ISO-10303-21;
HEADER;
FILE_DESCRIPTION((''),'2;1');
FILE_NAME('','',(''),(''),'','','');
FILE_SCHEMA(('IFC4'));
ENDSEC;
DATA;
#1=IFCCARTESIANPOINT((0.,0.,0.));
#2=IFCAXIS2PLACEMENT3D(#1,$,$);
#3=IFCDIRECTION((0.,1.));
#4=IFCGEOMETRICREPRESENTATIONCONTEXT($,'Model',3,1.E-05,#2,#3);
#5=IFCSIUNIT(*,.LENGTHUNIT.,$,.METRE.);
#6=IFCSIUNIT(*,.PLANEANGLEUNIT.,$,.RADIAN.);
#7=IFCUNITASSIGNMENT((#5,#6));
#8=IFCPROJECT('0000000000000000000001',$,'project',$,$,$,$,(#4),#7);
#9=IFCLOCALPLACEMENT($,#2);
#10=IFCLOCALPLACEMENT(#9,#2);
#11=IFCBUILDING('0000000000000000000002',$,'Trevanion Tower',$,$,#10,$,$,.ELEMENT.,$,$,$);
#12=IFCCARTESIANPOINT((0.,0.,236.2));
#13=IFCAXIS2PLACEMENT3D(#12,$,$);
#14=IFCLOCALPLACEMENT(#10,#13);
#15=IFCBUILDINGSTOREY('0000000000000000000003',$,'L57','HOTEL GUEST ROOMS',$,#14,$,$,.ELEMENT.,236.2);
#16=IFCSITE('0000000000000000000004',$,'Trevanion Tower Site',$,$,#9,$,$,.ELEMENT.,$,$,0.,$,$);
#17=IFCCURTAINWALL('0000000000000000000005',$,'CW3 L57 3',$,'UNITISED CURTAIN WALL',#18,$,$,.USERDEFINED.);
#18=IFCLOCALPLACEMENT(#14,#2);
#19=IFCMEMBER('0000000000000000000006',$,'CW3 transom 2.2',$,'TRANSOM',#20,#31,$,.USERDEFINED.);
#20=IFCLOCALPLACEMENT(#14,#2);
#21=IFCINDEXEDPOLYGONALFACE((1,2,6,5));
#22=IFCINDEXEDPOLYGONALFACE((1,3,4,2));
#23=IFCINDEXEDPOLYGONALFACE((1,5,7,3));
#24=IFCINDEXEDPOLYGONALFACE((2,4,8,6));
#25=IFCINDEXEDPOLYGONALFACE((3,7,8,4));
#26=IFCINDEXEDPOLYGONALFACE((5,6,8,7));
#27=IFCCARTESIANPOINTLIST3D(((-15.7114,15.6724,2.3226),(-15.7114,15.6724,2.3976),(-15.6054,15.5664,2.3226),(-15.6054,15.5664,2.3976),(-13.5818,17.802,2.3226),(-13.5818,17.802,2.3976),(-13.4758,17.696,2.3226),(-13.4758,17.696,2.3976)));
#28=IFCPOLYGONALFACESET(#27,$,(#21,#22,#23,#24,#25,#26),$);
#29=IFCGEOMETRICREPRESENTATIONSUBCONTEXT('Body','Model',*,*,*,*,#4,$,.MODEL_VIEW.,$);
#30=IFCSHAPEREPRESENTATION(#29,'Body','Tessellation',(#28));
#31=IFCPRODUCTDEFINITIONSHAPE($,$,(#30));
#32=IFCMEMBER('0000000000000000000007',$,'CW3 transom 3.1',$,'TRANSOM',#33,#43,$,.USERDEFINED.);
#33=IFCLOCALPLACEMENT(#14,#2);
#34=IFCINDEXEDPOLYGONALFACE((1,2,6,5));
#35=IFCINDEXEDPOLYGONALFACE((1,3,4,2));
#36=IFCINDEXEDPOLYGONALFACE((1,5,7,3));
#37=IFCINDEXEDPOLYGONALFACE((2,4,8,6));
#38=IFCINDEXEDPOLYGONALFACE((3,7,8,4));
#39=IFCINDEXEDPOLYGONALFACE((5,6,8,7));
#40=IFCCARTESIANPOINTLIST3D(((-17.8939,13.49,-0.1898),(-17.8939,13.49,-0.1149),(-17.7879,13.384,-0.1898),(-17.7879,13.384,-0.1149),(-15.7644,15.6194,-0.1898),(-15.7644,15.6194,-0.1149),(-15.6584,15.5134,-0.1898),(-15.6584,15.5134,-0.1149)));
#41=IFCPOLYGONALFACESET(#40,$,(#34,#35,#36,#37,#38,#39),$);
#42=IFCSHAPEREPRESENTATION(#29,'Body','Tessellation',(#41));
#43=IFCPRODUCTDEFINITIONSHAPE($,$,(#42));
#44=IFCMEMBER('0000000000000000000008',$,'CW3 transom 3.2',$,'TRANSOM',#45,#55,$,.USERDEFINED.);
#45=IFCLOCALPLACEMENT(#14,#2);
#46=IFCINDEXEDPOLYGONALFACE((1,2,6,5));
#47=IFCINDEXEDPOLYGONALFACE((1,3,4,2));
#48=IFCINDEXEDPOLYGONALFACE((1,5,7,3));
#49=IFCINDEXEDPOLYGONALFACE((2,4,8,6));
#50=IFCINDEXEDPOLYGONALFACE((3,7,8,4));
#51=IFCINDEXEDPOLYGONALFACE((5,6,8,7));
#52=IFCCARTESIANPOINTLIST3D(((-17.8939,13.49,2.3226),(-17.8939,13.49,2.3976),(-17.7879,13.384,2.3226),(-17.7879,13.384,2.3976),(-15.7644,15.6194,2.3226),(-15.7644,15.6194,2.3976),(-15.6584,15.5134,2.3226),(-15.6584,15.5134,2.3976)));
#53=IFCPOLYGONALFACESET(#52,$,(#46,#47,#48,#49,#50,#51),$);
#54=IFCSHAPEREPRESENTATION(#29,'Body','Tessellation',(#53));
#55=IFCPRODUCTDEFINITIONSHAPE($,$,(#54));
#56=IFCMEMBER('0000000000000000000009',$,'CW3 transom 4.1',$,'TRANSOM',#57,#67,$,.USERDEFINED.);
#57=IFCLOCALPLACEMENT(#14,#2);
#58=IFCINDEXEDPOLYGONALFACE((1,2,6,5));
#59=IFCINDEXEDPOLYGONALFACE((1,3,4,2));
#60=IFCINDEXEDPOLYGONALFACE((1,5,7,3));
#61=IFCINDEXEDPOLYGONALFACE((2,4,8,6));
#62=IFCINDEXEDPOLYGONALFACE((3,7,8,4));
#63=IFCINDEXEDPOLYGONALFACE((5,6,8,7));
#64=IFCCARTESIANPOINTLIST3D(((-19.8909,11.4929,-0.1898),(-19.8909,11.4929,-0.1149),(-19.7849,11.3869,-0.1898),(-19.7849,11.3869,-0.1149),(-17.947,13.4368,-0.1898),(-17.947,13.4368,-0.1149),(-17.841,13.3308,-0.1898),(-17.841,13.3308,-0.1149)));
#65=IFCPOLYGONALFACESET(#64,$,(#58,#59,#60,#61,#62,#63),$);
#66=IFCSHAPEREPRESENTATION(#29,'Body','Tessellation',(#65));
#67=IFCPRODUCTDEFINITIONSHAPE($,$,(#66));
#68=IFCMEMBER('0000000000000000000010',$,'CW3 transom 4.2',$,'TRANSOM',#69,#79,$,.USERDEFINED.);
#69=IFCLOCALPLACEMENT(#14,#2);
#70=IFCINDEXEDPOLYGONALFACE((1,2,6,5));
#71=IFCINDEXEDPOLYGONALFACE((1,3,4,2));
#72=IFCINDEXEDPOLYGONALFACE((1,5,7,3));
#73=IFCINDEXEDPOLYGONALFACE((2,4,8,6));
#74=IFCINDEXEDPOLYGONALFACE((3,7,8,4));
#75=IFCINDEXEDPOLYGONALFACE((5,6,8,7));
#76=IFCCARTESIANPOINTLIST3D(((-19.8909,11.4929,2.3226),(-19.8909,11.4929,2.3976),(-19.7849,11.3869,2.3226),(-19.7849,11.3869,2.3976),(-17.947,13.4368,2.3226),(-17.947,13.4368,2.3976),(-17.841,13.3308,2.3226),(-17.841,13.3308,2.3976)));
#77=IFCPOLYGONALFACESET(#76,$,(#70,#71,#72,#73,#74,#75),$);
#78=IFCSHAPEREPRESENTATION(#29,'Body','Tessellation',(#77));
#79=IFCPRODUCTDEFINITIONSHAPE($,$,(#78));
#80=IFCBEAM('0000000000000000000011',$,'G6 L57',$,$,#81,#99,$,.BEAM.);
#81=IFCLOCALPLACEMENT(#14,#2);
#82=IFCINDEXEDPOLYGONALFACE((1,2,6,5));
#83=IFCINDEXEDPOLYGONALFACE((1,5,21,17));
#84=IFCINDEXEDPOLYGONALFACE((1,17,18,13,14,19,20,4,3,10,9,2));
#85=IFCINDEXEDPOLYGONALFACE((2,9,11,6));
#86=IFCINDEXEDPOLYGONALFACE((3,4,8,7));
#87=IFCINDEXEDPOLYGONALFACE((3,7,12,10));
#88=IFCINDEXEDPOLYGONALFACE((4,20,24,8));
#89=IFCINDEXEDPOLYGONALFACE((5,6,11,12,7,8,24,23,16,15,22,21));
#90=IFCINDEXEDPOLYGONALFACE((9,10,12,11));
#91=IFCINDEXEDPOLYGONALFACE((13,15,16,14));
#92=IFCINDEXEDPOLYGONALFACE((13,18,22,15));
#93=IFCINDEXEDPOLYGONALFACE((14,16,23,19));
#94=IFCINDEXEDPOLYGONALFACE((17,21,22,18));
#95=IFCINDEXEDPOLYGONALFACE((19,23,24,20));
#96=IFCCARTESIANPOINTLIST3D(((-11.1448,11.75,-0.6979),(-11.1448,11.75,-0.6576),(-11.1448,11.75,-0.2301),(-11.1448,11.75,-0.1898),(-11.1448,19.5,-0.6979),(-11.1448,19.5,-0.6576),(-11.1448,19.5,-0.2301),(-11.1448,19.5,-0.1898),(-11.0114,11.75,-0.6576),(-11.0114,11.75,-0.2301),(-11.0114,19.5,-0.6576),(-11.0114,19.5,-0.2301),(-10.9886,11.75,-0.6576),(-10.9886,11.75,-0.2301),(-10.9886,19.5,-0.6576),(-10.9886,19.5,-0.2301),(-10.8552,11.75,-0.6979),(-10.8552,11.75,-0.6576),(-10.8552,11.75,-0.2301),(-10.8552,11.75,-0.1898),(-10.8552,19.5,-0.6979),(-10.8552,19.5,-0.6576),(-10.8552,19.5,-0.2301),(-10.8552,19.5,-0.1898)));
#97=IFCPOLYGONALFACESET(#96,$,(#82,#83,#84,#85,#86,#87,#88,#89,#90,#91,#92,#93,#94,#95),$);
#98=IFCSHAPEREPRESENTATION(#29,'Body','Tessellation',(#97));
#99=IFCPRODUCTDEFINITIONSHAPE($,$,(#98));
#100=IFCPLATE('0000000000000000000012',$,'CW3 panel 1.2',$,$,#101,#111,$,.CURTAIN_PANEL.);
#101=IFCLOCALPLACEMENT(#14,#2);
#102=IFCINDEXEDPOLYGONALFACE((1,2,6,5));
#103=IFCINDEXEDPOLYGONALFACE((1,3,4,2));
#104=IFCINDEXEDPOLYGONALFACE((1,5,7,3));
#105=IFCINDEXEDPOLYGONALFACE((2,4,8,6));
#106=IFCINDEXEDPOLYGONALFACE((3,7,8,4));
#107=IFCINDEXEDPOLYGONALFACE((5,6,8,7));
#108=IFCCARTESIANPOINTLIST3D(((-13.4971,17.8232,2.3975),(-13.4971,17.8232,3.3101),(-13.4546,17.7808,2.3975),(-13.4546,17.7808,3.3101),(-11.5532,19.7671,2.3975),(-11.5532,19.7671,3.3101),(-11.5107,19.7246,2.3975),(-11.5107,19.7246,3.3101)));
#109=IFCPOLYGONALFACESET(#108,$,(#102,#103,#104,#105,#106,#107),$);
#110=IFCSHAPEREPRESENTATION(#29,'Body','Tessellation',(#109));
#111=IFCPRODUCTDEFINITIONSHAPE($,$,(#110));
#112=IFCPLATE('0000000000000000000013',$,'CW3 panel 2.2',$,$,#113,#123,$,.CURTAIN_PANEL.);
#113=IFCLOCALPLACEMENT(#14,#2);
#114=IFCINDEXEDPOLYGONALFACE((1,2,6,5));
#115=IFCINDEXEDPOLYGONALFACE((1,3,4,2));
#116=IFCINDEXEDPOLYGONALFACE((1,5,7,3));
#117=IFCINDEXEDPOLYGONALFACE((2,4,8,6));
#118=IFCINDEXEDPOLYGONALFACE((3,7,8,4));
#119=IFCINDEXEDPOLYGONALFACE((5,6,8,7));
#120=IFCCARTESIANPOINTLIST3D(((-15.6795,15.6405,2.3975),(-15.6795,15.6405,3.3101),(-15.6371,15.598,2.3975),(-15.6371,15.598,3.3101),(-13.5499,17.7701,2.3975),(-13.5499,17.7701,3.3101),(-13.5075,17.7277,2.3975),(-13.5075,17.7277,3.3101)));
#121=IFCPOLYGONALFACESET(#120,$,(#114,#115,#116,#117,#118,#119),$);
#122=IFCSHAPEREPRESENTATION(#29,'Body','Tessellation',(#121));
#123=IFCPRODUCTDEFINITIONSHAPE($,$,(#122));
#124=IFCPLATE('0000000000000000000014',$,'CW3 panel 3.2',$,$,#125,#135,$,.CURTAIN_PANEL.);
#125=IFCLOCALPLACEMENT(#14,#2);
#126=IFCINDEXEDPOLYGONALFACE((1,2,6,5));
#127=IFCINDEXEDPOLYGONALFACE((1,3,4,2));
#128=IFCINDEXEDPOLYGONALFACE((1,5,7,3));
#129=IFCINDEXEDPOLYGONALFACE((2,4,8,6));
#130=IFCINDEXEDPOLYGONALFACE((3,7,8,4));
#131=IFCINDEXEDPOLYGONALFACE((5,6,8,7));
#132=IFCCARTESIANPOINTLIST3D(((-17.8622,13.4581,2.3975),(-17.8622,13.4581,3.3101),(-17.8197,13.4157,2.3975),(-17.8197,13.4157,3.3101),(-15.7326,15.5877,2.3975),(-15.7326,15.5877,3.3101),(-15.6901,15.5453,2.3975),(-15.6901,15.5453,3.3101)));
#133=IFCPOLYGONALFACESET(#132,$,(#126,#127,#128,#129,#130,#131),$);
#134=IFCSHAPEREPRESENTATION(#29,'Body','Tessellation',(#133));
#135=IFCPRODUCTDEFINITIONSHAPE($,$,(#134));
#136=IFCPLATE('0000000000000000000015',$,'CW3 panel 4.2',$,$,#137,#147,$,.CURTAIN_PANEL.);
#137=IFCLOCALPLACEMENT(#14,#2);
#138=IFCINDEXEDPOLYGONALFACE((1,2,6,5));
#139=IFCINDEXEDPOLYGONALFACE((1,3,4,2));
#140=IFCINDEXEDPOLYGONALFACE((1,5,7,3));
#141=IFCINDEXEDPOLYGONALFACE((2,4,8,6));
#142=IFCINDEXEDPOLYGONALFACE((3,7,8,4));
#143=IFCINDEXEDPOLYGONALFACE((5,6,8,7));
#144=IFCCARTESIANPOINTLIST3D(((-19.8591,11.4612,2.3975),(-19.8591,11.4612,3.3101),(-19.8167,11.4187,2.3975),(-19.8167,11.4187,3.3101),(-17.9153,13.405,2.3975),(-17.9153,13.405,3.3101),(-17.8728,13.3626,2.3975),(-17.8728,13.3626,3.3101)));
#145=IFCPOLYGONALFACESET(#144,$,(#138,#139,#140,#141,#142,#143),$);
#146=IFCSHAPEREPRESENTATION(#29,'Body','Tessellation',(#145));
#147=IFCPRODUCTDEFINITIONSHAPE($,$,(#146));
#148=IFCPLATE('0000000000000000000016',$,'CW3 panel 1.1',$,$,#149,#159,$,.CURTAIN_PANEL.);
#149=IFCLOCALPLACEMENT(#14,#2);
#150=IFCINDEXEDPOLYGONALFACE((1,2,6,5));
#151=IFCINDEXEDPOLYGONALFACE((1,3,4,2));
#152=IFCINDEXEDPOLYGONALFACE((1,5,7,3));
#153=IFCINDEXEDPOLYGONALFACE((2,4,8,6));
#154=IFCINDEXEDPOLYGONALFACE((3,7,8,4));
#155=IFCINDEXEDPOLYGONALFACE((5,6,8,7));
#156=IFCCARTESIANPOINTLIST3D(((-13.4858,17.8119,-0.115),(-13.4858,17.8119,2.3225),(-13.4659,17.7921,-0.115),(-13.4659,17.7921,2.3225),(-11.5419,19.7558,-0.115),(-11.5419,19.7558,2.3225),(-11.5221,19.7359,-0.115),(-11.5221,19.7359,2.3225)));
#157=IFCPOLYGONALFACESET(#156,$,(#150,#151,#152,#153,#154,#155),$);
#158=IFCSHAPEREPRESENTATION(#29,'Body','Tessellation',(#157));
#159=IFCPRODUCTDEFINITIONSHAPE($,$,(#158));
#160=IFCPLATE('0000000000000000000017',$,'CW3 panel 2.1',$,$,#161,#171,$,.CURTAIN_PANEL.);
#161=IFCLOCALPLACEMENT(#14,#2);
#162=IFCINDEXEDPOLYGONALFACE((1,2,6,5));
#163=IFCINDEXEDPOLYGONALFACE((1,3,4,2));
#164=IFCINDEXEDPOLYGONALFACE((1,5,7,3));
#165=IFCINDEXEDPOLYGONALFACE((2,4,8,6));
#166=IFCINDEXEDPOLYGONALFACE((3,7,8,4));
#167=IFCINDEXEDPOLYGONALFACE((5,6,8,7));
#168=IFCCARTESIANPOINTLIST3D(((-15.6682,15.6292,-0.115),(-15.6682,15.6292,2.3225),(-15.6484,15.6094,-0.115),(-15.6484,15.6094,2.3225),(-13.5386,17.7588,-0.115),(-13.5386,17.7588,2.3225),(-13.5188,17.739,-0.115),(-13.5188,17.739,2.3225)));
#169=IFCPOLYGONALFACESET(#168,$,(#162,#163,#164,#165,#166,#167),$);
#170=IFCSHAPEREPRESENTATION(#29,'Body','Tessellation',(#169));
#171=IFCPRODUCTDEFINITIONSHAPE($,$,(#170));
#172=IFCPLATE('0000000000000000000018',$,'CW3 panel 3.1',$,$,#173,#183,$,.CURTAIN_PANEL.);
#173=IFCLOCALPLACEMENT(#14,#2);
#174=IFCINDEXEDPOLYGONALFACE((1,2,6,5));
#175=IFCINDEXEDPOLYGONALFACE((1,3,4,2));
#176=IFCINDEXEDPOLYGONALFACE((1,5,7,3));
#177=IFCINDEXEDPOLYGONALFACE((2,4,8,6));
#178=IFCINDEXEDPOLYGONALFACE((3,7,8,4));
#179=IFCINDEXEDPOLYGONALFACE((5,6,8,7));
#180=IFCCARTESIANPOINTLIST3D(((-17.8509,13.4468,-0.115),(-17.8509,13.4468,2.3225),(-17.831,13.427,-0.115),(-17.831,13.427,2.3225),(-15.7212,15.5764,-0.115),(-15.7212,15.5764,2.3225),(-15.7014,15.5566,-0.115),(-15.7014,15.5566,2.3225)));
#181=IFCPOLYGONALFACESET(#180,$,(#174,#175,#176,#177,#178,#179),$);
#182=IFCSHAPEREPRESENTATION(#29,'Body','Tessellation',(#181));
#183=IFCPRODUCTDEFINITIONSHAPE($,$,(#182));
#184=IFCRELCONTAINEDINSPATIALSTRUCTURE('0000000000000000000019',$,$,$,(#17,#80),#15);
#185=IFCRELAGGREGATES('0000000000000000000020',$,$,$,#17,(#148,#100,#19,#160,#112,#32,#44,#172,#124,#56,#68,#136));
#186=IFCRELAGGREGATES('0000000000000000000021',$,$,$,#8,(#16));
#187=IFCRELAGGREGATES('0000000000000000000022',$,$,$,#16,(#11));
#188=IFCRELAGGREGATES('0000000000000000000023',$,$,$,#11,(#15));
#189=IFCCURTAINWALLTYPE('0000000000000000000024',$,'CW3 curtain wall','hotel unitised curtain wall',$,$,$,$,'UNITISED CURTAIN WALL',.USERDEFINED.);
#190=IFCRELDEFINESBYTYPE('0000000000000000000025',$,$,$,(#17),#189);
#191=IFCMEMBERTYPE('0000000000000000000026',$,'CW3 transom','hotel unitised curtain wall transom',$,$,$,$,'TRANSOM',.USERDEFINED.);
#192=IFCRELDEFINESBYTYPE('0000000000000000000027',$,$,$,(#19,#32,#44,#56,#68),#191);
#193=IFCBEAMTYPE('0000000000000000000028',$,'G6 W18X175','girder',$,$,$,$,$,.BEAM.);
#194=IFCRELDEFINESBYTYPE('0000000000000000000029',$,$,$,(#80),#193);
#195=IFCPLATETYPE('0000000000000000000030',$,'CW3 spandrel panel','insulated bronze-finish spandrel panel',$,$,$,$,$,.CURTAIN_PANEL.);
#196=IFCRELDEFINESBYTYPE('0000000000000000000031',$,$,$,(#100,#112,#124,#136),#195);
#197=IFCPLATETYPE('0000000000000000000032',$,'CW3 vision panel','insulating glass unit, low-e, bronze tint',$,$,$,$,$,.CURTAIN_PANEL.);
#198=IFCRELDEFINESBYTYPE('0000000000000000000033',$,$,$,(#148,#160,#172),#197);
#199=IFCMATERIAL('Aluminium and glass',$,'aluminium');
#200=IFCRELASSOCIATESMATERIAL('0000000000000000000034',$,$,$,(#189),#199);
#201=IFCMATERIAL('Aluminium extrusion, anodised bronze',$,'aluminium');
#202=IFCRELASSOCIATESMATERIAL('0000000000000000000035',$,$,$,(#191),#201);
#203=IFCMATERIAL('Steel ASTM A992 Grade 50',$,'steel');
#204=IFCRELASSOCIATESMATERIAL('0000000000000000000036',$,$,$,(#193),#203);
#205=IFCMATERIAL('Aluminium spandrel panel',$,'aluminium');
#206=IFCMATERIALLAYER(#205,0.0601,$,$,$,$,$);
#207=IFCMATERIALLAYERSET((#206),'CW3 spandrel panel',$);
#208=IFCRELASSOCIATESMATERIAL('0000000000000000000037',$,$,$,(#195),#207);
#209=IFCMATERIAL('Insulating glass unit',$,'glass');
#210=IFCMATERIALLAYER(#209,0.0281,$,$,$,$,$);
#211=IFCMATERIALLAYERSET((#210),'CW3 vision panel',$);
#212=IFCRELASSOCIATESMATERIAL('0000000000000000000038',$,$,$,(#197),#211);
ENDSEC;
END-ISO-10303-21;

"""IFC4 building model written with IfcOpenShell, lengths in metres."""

from ifc_helpers import new_model, si_unit, direction, frame, origin, origin_2d, place, context, subcontext, project, spatial, rectangle, i_section, extrude, material, layer, layer_set, material_profile, profile_set, type_object, element, aggregate, save


model = new_model("IFC4")

# Units and contexts
model_context = context("Model", 3, precision=1e-05, world=origin(), true_north=direction((0.0, 1.0)))
body_context = subcontext(model_context, "Body", "Model", "MODEL_VIEW")
ifc_project = project(units=[si_unit("LENGTHUNIT", "METRE"), si_unit("PLANEANGLEUNIT", "RADIAN")], contexts=[model_context])

# Site, building, storey
site_placement = place(None, origin())
site = spatial("IfcSite", under=ifc_project, at=site_placement, Name="Trevanion Tower Site", CompositionType="ELEMENT", RefElevation=0.0)
building_placement = place(site_placement, origin())
building = spatial("IfcBuilding", under=site, at=building_placement, Name="Trevanion Tower", CompositionType="ELEMENT")
storey_placement = place(building_placement, frame((0.0, 0.0, 236.2)))
storey = spatial("IfcBuildingStorey", under=building, at=storey_placement, Name="L57", Description="HOTEL GUEST ROOMS", CompositionType="ELEMENT", Elevation=236.2)

# Curtain wall
ifc_material_1 = material(Name="Aluminium and glass", Category="aluminium")
curtain_wall_type = type_object("IfcCurtainWallType", Name="CW3 curtain wall", Description="hotel unitised curtain wall", ElementType="UNITISED CURTAIN WALL", PredefinedType="USERDEFINED", material=ifc_material_1)
curtain_wall_1_placement = place(storey_placement, origin())
curtain_wall_1 = element("IfcCurtainWall", 1, at=curtain_wall_1_placement, inside=storey, type_object=curtain_wall_type, Name="CW3 L57 3", ObjectType="UNITISED CURTAIN WALL", PredefinedType="USERDEFINED")

# Members
ifc_material_2 = material(Name="Aluminium extrusion, anodised bronze", Category="aluminium")
ifc_material_profile_1 = material_profile(ifc_material_2, rectangle(XDim=0.1499, YDim=0.075, at=origin_2d()), Name="CW3 transom")
ifc_profile_set_1 = profile_set([ifc_material_profile_1], Name="Aluminium extrusion, anodised bronze")
member_type_1 = type_object("IfcMemberType", Name="CW3 transom", Description="hotel unitised curtain wall transom", ElementType="TRANSOM", PredefinedType="USERDEFINED", material=ifc_profile_set_1)
member_1_placement = place(storey_placement, frame((-13.5288, 17.749, 2.3601), z_axis=(-0.707107, -0.707107, 0.0), x_axis=(0.707107, -0.707107, 0.0)))
member_1 = element("IfcMember", 2, at=member_1_placement, type_object=member_type_1, Name="CW3 transom 2.2", ObjectType="TRANSOM", PredefinedType="USERDEFINED", context=body_context, shape_type="SweptSolid", body=[
    extrude(rectangle(XDim=0.1499, YDim=0.075, at=origin_2d()), origin(), (0.0, 0.0, 1.0), 3.0117),
])
member_2_placement = place(storey_placement, frame((-15.7114, 15.5664, -0.1523), z_axis=(-0.707107, -0.707107, 0.0), x_axis=(0.707107, -0.707107, 0.0)))
member_2 = element("IfcMember", 3, at=member_2_placement, type_object=member_type_1, Name="CW3 transom 3.1", ObjectType="TRANSOM", PredefinedType="USERDEFINED", context=body_context, shape_type="SweptSolid", body=[
    extrude(rectangle(XDim=0.1499, YDim=0.075, at=origin_2d()), origin(), (0.0, 0.0, 1.0), 3.0115),
])
member_3_placement = place(storey_placement, frame((-15.7114, 15.5664, 2.3601), z_axis=(-0.707107, -0.707107, 0.0), x_axis=(0.707107, -0.707107, 0.0)))
member_3 = element("IfcMember", 4, at=member_3_placement, type_object=member_type_1, Name="CW3 transom 3.2", ObjectType="TRANSOM", PredefinedType="USERDEFINED", context=body_context, shape_type="SweptSolid", body=[
    extrude(rectangle(XDim=0.1499, YDim=0.075, at=origin_2d()), origin(), (0.0, 0.0, 1.0), 3.0115),
])
member_4_placement = place(storey_placement, frame((-17.894, 13.3838, -0.1523), z_axis=(-0.707107, -0.707107, 0.0), x_axis=(0.707107, -0.707107, 0.0)))
member_4 = element("IfcMember", 5, at=member_4_placement, type_object=member_type_1, Name="CW3 transom 4.1", ObjectType="TRANSOM", PredefinedType="USERDEFINED", context=body_context, shape_type="SweptSolid", body=[
    extrude(rectangle(XDim=0.1499, YDim=0.075, at=origin_2d()), origin(), (0.0, 0.0, 1.0), 2.749),
])
member_5_placement = place(storey_placement, frame((-17.894, 13.3838, 2.3601), z_axis=(-0.707107, -0.707107, 0.0), x_axis=(0.707107, -0.707107, 0.0)))
member_5 = element("IfcMember", 6, at=member_5_placement, type_object=member_type_1, Name="CW3 transom 4.2", ObjectType="TRANSOM", PredefinedType="USERDEFINED", context=body_context, shape_type="SweptSolid", body=[
    extrude(rectangle(XDim=0.1499, YDim=0.075, at=origin_2d()), origin(), (0.0, 0.0, 1.0), 2.749),
])

# Beam
ifc_material_3 = material(Name="Steel ASTM A992 Grade 50", Category="steel")
ifc_material_profile_2 = material_profile(ifc_material_3, i_section(OverallWidth=0.2896, OverallDepth=0.5081, WebThickness=0.0227, FlangeThickness=0.0403, at=origin_2d()), Name="W18X175")
ifc_profile_set_2 = profile_set([ifc_material_profile_2], Name="Steel ASTM A992 Grade 50")
beam_type_1 = type_object("IfcBeamType", Name="G6 W18X175", Description="girder", PredefinedType="BEAM", material=ifc_profile_set_2)
beam_1_placement = place(storey_placement, frame((-11.0, 11.75, -0.4438), z_axis=(0.0, 1.0, 0.0), x_axis=(-1.0, 0.0, 0.0)))
element("IfcBeam", 7, at=beam_1_placement, inside=storey, type_object=beam_type_1, Name="G6 L57", PredefinedType="BEAM", context=body_context, shape_type="SweptSolid", body=[
    extrude(i_section(OverallWidth=0.2896, OverallDepth=0.5081, WebThickness=0.0227, FlangeThickness=0.0403, at=origin_2d()), origin(), (0.0, 0.0, 1.0), 7.75),
])

# Plates
ifc_material_4 = material(Name="Aluminium spandrel panel", Category="aluminium")
ifc_layer_1 = layer(ifc_material_4, 0.0601)
ifc_layer_set_1 = layer_set([ifc_layer_1], Name="CW3 spandrel panel")
plate_type_1 = type_object("IfcPlateType", Name="CW3 spandrel panel", Description="insulated bronze-finish spandrel panel", PredefinedType="CURTAIN_PANEL", material=ifc_layer_set_1)
plate_1_placement = place(storey_placement, frame((-12.5039, 18.7739, 2.3975), z_axis=(0.0, 0.0, 1.0), x_axis=(-0.707107, -0.707107, 0.0)))
plate_1 = element("IfcPlate", 8, at=plate_1_placement, type_object=plate_type_1, Name="CW3 panel 1.2", PredefinedType="CURTAIN_PANEL", context=body_context, shape_type="SweptSolid", body=[
    extrude(rectangle(XDim=2.749, YDim=0.0601, at=origin_2d()), origin(), (0.0, 0.0, 1.0), 0.9126),
])
plate_2_placement = place(storey_placement, frame((-14.5935, 16.6841, 2.3975), z_axis=(0.0, 0.0, 1.0), x_axis=(-0.707107, -0.707107, 0.0)))
plate_2 = element("IfcPlate", 9, at=plate_2_placement, type_object=plate_type_1, Name="CW3 panel 2.2", PredefinedType="CURTAIN_PANEL", context=body_context, shape_type="SweptSolid", body=[
    extrude(rectangle(XDim=3.0117, YDim=0.0601, at=origin_2d()), origin(), (0.0, 0.0, 1.0), 0.9126),
])
plate_3_placement = place(storey_placement, frame((-16.7761, 14.5017, 2.3975), z_axis=(0.0, 0.0, 1.0), x_axis=(-0.707107, -0.707107, 0.0)))
plate_3 = element("IfcPlate", 10, at=plate_3_placement, type_object=plate_type_1, Name="CW3 panel 3.2", PredefinedType="CURTAIN_PANEL", context=body_context, shape_type="SweptSolid", body=[
    extrude(rectangle(XDim=3.0117, YDim=0.0601, at=origin_2d()), origin(), (0.0, 0.0, 1.0), 0.9126),
])
plate_4_placement = place(storey_placement, frame((-18.866, 12.4119, 2.3975), z_axis=(0.0, 0.0, 1.0), x_axis=(-0.707107, -0.707107, 0.0)))
plate_4 = element("IfcPlate", 11, at=plate_4_placement, type_object=plate_type_1, Name="CW3 panel 4.2", PredefinedType="CURTAIN_PANEL", context=body_context, shape_type="SweptSolid", body=[
    extrude(rectangle(XDim=2.749, YDim=0.0601, at=origin_2d()), origin(), (0.0, 0.0, 1.0), 0.9126),
])
ifc_material_5 = material(Name="Insulating glass unit", Category="glass")
ifc_layer_2 = layer(ifc_material_5, 0.0281)
ifc_layer_set_2 = layer_set([ifc_layer_2], Name="CW3 vision panel")
plate_type_2 = type_object("IfcPlateType", Name="CW3 vision panel", Description="insulating glass unit, low-e, bronze tint", PredefinedType="CURTAIN_PANEL", material=ifc_layer_set_2)
plate_5_placement = place(storey_placement, frame((-12.5039, 18.7739, -0.115), z_axis=(0.0, 0.0, 1.0), x_axis=(-0.707107, -0.707107, 0.0)))
plate_5 = element("IfcPlate", 12, at=plate_5_placement, type_object=plate_type_2, Name="CW3 panel 1.1", PredefinedType="CURTAIN_PANEL", context=body_context, shape_type="SweptSolid", body=[
    extrude(rectangle(XDim=2.749, YDim=0.0281, at=origin_2d()), origin(), (0.0, 0.0, 1.0), 2.4375),
])
plate_6_placement = place(storey_placement, frame((-14.5935, 16.6841, -0.115), z_axis=(0.0, 0.0, 1.0), x_axis=(-0.707107, -0.707107, 0.0)))
plate_6 = element("IfcPlate", 13, at=plate_6_placement, type_object=plate_type_2, Name="CW3 panel 2.1", PredefinedType="CURTAIN_PANEL", context=body_context, shape_type="SweptSolid", body=[
    extrude(rectangle(XDim=3.0117, YDim=0.0281, at=origin_2d()), origin(), (0.0, 0.0, 1.0), 2.4375),
])
plate_7_placement = place(storey_placement, frame((-16.7761, 14.5017, -0.115), z_axis=(0.0, 0.0, 1.0), x_axis=(-0.707107, -0.707107, 0.0)))
plate_7 = element("IfcPlate", 14, at=plate_7_placement, type_object=plate_type_2, Name="CW3 panel 3.1", PredefinedType="CURTAIN_PANEL", context=body_context, shape_type="SweptSolid", body=[
    extrude(rectangle(XDim=3.0117, YDim=0.0281, at=origin_2d()), origin(), (0.0, 0.0, 1.0), 2.4375),
])
aggregate(curtain_wall_1, [plate_5, plate_1, member_1, plate_6, plate_2, member_2, member_3, plate_7, plate_3, member_4, member_5, plate_4])

save(model, "model.ifc")
